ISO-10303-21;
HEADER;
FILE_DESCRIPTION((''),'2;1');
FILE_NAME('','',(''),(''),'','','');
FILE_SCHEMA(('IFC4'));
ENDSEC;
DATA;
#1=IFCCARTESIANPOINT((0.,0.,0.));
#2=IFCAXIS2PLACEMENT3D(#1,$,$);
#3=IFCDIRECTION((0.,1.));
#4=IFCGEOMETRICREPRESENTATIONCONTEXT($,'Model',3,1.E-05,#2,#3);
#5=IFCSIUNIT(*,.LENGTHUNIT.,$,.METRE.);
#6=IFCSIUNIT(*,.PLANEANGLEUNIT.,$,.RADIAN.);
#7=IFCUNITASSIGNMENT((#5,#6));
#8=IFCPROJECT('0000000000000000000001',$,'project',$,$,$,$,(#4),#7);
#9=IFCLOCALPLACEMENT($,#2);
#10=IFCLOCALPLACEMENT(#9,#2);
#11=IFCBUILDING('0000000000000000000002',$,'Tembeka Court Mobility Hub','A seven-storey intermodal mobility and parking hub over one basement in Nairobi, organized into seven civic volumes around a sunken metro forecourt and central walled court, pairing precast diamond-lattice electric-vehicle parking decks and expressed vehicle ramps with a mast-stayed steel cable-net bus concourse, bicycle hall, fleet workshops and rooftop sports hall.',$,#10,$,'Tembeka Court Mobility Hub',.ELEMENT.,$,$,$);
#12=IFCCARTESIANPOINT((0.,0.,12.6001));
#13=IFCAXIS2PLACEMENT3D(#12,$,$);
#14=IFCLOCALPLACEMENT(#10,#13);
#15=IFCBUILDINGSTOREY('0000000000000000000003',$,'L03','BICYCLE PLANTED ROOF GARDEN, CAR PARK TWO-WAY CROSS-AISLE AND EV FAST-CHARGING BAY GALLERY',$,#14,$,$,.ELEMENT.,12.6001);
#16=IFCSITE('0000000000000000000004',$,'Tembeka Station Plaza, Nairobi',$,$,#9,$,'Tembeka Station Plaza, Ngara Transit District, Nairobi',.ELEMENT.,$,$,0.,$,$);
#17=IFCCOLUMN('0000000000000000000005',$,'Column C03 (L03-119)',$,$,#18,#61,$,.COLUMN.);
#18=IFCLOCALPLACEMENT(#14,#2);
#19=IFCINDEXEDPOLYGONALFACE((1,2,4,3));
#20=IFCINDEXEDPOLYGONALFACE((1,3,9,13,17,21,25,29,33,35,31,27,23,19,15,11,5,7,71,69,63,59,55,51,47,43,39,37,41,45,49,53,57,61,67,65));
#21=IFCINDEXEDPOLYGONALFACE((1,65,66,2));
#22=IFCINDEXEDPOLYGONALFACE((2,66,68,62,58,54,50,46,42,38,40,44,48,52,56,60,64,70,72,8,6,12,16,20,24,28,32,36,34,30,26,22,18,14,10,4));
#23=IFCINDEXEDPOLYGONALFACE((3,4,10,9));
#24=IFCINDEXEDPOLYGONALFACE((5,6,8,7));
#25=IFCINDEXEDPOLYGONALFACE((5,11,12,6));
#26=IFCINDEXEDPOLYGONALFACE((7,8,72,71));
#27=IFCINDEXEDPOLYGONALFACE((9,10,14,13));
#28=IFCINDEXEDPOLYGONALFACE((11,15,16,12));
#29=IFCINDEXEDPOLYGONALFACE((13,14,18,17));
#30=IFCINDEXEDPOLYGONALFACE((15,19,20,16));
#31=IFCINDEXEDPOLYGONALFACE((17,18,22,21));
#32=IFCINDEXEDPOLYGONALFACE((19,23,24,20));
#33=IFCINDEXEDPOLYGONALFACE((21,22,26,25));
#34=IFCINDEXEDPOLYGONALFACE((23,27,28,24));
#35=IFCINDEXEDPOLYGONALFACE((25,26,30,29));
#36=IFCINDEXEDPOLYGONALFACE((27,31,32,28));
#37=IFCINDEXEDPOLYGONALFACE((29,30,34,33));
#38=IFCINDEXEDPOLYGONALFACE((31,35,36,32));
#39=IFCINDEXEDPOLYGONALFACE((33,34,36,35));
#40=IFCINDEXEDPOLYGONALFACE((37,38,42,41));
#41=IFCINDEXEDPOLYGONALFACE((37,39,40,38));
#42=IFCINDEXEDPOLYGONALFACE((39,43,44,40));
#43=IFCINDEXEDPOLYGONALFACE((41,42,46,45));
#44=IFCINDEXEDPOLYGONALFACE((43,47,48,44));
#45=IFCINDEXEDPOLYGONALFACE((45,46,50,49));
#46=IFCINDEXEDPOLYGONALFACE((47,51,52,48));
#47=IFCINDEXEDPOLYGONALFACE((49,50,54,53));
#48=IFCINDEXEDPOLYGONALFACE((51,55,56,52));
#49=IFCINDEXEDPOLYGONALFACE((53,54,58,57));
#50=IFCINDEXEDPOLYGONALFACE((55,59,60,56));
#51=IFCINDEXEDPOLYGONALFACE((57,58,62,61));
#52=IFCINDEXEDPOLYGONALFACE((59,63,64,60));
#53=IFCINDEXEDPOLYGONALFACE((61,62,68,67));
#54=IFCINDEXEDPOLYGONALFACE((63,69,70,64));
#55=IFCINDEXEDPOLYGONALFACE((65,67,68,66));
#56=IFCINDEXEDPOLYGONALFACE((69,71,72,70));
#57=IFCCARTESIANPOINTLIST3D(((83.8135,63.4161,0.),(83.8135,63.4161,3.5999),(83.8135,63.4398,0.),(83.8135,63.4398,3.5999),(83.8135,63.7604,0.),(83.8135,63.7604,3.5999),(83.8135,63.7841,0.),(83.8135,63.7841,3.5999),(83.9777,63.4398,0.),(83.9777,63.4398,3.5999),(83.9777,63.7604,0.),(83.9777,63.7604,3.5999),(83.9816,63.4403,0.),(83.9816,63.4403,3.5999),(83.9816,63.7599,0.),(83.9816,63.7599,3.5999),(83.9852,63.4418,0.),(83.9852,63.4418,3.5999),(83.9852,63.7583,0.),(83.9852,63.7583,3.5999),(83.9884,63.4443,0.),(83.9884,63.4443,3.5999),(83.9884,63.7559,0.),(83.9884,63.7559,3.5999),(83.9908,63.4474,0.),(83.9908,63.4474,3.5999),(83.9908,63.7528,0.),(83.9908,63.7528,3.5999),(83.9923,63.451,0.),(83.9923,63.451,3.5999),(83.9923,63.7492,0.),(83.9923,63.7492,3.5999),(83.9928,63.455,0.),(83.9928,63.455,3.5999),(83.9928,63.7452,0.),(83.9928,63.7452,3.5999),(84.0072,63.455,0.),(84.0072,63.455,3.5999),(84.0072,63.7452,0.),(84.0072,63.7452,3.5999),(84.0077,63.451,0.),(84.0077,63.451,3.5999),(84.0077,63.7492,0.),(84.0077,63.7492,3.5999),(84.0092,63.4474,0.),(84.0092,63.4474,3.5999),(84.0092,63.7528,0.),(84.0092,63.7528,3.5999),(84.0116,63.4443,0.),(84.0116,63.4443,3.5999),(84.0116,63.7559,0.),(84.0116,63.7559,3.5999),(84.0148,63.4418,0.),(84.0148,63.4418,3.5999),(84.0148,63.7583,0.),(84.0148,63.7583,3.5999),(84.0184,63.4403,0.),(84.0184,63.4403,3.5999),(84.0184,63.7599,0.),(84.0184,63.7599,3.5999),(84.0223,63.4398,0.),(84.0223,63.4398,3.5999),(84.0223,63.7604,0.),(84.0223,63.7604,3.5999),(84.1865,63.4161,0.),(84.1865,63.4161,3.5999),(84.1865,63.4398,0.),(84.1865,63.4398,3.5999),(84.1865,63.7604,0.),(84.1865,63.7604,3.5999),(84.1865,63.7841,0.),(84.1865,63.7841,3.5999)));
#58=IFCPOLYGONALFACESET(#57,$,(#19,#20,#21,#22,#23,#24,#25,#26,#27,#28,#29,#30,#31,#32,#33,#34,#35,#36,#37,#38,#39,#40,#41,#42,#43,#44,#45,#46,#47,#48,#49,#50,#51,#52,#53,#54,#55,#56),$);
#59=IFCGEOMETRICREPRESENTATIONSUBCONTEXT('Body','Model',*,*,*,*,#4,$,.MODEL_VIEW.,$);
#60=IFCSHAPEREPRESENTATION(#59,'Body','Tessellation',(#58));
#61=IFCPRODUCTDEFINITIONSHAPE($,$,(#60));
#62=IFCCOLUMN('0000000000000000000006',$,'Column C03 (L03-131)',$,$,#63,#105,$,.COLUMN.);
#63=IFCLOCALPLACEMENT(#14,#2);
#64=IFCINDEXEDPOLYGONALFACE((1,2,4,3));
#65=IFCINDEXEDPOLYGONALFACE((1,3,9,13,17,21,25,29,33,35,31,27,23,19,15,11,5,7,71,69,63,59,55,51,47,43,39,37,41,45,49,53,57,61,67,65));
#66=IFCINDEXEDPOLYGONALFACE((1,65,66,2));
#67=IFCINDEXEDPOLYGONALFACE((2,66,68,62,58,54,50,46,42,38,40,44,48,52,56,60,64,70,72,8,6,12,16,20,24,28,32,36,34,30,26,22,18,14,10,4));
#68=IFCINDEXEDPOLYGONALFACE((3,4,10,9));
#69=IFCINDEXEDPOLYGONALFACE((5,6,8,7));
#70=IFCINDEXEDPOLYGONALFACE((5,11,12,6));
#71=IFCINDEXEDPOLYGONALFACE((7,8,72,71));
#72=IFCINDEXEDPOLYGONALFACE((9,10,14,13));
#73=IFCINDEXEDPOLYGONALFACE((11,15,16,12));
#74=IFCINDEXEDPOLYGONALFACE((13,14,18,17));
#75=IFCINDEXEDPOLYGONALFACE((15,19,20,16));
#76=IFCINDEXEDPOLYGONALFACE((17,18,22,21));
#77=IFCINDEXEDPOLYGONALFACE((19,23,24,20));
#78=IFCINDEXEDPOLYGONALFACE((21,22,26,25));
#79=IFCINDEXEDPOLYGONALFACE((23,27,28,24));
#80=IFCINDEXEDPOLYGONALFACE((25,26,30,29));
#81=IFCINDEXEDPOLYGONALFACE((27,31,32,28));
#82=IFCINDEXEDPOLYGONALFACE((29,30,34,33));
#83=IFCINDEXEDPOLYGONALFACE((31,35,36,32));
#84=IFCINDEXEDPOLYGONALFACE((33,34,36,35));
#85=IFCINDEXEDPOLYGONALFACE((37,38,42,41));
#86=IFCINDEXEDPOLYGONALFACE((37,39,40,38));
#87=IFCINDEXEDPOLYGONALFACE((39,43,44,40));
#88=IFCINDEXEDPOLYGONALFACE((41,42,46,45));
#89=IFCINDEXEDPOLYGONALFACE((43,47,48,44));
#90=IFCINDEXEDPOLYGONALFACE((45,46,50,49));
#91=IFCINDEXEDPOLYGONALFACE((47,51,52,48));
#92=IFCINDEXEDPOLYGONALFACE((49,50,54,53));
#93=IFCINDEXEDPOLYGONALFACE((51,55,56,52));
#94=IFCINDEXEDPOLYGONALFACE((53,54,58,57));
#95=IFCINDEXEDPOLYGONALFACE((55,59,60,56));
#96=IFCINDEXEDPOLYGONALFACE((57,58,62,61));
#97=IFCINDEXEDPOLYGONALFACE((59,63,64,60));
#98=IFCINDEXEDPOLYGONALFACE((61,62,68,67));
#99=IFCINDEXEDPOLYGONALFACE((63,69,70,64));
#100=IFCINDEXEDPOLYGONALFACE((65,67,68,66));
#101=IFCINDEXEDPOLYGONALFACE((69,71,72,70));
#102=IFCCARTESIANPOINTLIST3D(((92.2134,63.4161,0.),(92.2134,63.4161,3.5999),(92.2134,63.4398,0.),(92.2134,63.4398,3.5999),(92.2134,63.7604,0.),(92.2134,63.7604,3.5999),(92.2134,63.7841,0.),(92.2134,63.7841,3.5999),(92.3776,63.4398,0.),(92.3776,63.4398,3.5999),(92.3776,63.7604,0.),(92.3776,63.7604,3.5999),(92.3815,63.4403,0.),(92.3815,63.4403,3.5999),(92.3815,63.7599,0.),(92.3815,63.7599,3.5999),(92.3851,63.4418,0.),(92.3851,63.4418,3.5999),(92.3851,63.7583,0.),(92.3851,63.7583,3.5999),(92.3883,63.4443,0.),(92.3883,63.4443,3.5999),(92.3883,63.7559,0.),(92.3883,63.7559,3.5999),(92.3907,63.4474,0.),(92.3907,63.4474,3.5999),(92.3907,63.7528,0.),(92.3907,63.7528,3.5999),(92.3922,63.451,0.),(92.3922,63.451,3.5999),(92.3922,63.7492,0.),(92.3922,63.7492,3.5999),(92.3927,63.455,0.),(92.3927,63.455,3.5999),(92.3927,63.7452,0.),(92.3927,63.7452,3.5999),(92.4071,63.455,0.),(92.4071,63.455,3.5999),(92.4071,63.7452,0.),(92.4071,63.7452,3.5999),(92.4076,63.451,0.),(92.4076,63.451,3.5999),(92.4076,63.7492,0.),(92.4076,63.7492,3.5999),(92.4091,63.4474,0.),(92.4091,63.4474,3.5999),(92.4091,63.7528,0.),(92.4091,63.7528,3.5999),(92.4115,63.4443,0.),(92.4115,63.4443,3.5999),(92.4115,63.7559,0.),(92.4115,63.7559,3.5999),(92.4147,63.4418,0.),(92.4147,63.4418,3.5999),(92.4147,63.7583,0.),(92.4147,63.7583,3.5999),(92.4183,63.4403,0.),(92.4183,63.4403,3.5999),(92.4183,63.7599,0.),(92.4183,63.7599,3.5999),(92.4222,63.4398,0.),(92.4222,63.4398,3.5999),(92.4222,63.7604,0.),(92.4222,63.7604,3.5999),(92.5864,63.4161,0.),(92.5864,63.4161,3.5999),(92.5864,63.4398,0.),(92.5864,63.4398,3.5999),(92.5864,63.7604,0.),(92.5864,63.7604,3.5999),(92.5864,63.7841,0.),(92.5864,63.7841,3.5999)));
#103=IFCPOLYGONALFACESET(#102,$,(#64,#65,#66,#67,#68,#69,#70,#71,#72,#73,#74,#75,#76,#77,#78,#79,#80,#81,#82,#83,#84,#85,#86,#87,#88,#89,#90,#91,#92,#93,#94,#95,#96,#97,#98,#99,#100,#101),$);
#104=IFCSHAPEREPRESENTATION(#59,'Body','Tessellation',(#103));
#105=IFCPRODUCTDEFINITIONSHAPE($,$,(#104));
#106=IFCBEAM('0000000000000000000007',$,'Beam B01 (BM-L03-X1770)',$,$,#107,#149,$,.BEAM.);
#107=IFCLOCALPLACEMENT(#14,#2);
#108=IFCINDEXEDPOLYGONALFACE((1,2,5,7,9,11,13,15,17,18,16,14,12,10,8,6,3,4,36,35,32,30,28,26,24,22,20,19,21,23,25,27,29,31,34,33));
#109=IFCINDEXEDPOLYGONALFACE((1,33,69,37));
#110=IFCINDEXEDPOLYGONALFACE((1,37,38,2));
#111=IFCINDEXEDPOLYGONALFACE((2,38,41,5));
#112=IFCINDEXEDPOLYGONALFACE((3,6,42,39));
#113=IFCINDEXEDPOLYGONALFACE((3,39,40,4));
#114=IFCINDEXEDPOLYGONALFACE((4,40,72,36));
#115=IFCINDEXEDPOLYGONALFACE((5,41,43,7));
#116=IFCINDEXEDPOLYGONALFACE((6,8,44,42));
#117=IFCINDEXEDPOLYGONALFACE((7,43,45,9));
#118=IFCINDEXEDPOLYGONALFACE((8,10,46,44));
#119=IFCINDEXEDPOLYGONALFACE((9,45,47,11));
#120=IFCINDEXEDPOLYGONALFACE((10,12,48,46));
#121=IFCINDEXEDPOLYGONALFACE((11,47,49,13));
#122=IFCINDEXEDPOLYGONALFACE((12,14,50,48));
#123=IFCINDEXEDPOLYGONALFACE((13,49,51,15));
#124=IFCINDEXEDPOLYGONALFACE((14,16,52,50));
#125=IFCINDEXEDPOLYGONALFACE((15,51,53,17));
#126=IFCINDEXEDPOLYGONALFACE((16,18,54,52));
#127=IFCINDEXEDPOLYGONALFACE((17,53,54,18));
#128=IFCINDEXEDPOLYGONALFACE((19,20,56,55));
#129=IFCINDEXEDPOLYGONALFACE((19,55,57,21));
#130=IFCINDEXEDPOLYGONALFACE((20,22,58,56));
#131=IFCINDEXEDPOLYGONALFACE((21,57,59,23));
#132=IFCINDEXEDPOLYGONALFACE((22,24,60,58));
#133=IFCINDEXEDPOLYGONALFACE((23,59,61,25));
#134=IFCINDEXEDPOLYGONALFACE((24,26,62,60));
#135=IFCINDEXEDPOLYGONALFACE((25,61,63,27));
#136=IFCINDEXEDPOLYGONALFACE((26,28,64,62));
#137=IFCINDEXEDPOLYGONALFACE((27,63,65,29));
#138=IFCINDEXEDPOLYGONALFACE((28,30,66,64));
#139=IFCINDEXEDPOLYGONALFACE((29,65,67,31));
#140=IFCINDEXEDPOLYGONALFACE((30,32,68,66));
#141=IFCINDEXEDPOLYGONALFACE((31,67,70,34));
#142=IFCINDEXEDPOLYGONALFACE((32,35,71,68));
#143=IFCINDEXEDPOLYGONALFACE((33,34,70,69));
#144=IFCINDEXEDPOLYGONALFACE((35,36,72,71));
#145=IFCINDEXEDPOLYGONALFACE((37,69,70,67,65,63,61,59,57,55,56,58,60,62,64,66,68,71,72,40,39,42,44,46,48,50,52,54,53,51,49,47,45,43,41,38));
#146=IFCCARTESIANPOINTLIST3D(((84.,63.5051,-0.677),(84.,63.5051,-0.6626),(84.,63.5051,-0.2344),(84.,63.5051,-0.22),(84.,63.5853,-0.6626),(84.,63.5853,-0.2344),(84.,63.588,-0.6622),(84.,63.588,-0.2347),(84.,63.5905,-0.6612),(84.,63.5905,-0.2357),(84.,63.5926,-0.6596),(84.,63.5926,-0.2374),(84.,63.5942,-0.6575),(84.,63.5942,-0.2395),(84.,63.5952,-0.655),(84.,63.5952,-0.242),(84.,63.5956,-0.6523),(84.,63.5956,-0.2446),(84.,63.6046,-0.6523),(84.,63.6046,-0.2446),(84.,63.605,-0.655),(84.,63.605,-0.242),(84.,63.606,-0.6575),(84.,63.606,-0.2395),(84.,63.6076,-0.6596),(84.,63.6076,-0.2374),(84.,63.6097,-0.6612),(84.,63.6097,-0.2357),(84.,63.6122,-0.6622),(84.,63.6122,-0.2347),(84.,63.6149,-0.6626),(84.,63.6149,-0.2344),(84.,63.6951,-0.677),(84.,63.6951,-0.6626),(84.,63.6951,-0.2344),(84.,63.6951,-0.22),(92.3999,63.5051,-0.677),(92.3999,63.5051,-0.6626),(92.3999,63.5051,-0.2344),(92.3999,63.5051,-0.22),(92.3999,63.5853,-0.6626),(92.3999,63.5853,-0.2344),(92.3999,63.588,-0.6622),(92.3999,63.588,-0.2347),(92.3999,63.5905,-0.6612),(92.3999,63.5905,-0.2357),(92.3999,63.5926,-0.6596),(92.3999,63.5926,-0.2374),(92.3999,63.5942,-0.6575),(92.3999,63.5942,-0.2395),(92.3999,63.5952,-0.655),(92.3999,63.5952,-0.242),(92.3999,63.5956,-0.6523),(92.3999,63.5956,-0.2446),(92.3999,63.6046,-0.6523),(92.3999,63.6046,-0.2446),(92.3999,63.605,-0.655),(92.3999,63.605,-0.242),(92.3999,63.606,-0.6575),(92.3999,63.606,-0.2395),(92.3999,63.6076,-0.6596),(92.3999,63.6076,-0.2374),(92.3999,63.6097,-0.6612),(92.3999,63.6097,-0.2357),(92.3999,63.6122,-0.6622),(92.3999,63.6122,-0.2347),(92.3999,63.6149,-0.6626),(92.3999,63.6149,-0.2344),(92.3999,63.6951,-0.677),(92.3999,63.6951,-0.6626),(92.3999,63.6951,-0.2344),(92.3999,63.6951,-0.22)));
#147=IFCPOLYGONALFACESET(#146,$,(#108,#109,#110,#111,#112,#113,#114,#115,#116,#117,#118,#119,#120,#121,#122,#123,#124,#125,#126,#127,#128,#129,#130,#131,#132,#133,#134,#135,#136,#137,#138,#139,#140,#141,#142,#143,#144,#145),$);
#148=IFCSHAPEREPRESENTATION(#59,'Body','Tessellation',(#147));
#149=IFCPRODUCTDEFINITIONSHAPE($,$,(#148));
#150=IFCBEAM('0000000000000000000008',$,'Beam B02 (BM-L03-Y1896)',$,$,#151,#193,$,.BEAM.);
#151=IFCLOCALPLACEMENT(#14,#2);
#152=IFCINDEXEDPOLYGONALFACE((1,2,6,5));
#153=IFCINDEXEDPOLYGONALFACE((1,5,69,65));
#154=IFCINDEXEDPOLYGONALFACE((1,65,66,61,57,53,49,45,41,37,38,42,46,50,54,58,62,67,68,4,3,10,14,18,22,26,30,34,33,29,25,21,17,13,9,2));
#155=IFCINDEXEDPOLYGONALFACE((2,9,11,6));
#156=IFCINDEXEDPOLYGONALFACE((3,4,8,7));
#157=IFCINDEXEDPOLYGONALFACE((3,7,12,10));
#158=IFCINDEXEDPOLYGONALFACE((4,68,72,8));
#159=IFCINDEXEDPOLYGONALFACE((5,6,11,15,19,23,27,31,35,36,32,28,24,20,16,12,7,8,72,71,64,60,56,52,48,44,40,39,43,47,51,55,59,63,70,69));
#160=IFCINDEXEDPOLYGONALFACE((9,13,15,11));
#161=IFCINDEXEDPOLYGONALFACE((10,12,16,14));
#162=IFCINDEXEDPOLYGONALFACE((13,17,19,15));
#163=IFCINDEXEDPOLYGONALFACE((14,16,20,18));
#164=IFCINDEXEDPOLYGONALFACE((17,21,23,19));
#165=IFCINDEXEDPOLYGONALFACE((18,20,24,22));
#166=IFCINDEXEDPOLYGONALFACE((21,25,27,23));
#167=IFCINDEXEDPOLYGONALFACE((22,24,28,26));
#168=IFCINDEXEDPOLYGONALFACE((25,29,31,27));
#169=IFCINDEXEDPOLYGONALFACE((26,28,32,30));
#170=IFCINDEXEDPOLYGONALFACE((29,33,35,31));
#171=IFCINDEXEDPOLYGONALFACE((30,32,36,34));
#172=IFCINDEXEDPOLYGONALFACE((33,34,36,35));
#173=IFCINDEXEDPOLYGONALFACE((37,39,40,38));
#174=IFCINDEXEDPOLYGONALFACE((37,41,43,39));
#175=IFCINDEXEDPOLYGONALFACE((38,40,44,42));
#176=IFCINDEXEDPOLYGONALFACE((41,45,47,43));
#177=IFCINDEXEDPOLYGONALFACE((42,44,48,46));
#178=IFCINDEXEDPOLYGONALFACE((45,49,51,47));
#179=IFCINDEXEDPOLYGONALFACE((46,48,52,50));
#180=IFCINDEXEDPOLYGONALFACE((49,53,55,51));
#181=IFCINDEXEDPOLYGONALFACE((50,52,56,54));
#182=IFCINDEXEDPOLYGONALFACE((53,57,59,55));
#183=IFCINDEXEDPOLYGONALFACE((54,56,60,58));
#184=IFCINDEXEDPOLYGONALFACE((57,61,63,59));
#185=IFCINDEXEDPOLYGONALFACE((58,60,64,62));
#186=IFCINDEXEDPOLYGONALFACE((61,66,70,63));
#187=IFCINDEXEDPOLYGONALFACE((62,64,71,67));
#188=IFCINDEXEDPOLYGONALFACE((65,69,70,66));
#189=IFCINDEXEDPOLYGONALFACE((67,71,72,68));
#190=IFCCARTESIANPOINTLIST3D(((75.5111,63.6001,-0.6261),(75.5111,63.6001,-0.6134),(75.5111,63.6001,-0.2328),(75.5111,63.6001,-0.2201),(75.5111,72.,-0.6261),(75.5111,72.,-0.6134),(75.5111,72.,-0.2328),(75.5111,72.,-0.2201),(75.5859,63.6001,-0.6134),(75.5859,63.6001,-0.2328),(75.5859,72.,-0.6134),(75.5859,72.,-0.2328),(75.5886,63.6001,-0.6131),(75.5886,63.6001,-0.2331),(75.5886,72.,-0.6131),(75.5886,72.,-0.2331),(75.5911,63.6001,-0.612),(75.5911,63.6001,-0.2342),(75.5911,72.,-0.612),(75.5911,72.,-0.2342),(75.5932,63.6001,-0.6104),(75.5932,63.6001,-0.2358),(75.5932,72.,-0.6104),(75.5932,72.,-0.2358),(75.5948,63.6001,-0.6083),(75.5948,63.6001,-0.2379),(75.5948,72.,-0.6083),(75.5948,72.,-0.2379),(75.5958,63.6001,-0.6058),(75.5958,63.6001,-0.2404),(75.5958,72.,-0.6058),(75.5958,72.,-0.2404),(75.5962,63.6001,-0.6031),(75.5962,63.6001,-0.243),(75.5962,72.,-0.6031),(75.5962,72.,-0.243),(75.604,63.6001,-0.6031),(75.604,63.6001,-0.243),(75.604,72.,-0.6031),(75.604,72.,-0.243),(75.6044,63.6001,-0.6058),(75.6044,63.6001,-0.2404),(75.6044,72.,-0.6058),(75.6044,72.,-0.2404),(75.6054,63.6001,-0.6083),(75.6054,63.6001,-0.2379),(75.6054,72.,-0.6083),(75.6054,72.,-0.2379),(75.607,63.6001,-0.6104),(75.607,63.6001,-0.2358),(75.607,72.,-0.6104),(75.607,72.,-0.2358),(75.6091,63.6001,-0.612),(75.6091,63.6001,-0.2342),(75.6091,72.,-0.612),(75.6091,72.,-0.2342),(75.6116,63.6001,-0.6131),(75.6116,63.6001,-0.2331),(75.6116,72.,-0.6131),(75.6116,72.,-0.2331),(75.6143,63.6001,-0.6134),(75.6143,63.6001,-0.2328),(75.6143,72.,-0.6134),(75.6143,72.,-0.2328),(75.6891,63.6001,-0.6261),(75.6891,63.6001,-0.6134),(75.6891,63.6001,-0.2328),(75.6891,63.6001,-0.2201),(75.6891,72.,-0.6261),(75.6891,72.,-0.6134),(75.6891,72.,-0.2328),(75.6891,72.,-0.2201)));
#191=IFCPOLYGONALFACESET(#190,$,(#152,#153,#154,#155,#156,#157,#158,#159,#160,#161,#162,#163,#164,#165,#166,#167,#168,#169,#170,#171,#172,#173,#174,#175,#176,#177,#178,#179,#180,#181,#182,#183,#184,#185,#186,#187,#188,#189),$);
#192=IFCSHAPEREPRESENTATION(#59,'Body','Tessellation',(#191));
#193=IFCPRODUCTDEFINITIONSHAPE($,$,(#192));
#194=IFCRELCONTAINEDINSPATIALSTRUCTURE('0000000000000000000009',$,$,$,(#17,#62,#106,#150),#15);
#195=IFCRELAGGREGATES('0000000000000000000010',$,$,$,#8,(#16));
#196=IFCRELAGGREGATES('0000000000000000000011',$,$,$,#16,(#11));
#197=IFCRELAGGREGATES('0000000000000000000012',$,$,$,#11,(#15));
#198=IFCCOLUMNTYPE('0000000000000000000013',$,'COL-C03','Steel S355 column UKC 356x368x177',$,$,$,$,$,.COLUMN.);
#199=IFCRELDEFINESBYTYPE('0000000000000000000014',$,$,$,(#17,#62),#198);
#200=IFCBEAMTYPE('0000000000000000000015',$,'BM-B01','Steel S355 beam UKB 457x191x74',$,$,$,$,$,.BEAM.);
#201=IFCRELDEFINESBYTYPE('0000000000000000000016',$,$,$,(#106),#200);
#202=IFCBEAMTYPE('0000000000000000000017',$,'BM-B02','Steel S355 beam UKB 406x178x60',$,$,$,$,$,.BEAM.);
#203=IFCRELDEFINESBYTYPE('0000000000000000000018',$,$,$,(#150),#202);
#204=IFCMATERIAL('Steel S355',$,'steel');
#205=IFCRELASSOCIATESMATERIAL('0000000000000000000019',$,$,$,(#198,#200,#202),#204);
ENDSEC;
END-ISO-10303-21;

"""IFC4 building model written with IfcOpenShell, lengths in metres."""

from ifc_helpers import new_model, si_unit, direction, frame, origin, origin_2d, place, context, subcontext, project, spatial, i_section, extrude, material, material_profile, profile_set, type_object, element, save


model = new_model("IFC4")

# Units and contexts
model_context = context("Model", 3, precision=1e-05, world=origin(), true_north=direction((0.0, 1.0)))
body_context = subcontext(model_context, "Body", "Model", "MODEL_VIEW")
ifc_project = project(units=[si_unit("LENGTHUNIT", "METRE"), si_unit("PLANEANGLEUNIT", "RADIAN")], contexts=[model_context])

# Site, building, storey
site_placement = place(None, origin())
site = spatial("IfcSite", under=ifc_project, at=site_placement, Name="Tembeka Station Plaza, Nairobi", LongName="Tembeka Station Plaza, Ngara Transit District, Nairobi", CompositionType="ELEMENT", RefElevation=0.0)
building_placement = place(site_placement, origin())
building = spatial("IfcBuilding", under=site, at=building_placement, Name="Tembeka Court Mobility Hub", Description="A seven-storey intermodal mobility and parking hub over one basement in Nairobi, organized into seven civic volumes around a sunken metro forecourt and central walled court, pairing precast diamond-lattice electric-vehicle parking decks and expressed vehicle ramps with a mast-stayed steel cable-net bus concourse, bicycle hall, fleet workshops and rooftop sports hall.", LongName="Tembeka Court Mobility Hub", CompositionType="ELEMENT")
storey_placement = place(building_placement, frame((0.0, 0.0, 12.6001)))
storey = spatial("IfcBuildingStorey", under=building, at=storey_placement, Name="L03", Description="BICYCLE PLANTED ROOF GARDEN, CAR PARK TWO-WAY CROSS-AISLE AND EV FAST-CHARGING BAY GALLERY", CompositionType="ELEMENT", Elevation=12.6001)

# Columns
ifc_material_1 = material(Name="Steel S355", Category="steel")
ifc_material_profile_1 = material_profile(ifc_material_1, i_section(OverallWidth=0.373, OverallDepth=0.3679, WebThickness=0.0144, FlangeThickness=0.0237, FilletRadius=0.0151, at=origin_2d()), Name="UKC 356x368x177")
ifc_profile_set_1 = profile_set([ifc_material_profile_1], Name="Steel S355")
column_type = type_object("IfcColumnType", Name="COL-C03", Description="Steel S355 column UKC 356x368x177", PredefinedType="COLUMN", material=ifc_profile_set_1)
for number, where, z_axis, x_axis, name in (
    (1, (84.0, 63.6001, 0.0), (0.0, 0.0, 1.0), (1.0, 0.0, 0.0), "Column C03 (L03-119)"),
    (2, (92.3999, 63.6001, 0.0), (0.0, 0.0, 1.0), (1.0, 0.0, 0.0), "Column C03 (L03-131)"),
):
    element("IfcColumn", number, at=place(storey_placement, frame(where, z_axis=z_axis, x_axis=x_axis)), inside=storey, type_object=column_type, Name=name, PredefinedType="COLUMN", context=body_context, shape_type="SweptSolid", body=[
        extrude(i_section(OverallWidth=0.373, OverallDepth=0.3679, WebThickness=0.0144, FlangeThickness=0.0237, FilletRadius=0.0151, at=origin_2d()), origin(), (0.0, 0.0, 1.0), 3.5999),
    ])

# Beams
ifc_material_profile_2 = material_profile(ifc_material_1, i_section(OverallWidth=0.1899, OverallDepth=0.457, WebThickness=0.009, FlangeThickness=0.0144, FilletRadius=0.0103, at=origin_2d()), Name="UKB 457x191x74")
ifc_profile_set_2 = profile_set([ifc_material_profile_2], Name="Steel S355")
beam_type_1 = type_object("IfcBeamType", Name="BM-B01", Description="Steel S355 beam UKB 457x191x74", PredefinedType="BEAM", material=ifc_profile_set_2)
beam_1_placement = place(storey_placement, frame((84.0, 63.6001, -0.4485), z_axis=(1.0, 0.0, 0.0), x_axis=(0.0, 1.0, 0.0)))
element("IfcBeam", 3, at=beam_1_placement, inside=storey, type_object=beam_type_1, Name="Beam B01 (BM-L03-X1770)", PredefinedType="BEAM", context=body_context, shape_type="SweptSolid", body=[
    extrude(i_section(OverallWidth=0.1899, OverallDepth=0.457, WebThickness=0.009, FlangeThickness=0.0144, FilletRadius=0.0103, at=origin_2d()), origin(), (0.0, 0.0, 1.0), 8.3999),
])
ifc_material_profile_3 = material_profile(ifc_material_1, i_section(OverallWidth=0.178, OverallDepth=0.406, WebThickness=0.0078, FlangeThickness=0.0127, FilletRadius=0.0103, at=origin_2d()), Name="UKB 406x178x60")
ifc_profile_set_3 = profile_set([ifc_material_profile_3], Name="Steel S355")
beam_type_2 = type_object("IfcBeamType", Name="BM-B02", Description="Steel S355 beam UKB 406x178x60", PredefinedType="BEAM", material=ifc_profile_set_3)
for number, where, z_axis, x_axis, name in (
    (4, (75.6001, 63.6001, -0.4231), (0.0, 1.0, 0.0), (-1.0, 0.0, 0.0), "Beam B02 (BM-L03-Y1896)"),
):
    element("IfcBeam", number, at=place(storey_placement, frame(where, z_axis=z_axis, x_axis=x_axis)), inside=storey, type_object=beam_type_2, Name=name, PredefinedType="BEAM", context=body_context, shape_type="SweptSolid", body=[
        extrude(i_section(OverallWidth=0.178, OverallDepth=0.406, WebThickness=0.0078, FlangeThickness=0.0127, FilletRadius=0.0103, at=origin_2d()), origin(), (0.0, 0.0, 1.0), 8.3999),
    ])

save(model, "model.ifc")
